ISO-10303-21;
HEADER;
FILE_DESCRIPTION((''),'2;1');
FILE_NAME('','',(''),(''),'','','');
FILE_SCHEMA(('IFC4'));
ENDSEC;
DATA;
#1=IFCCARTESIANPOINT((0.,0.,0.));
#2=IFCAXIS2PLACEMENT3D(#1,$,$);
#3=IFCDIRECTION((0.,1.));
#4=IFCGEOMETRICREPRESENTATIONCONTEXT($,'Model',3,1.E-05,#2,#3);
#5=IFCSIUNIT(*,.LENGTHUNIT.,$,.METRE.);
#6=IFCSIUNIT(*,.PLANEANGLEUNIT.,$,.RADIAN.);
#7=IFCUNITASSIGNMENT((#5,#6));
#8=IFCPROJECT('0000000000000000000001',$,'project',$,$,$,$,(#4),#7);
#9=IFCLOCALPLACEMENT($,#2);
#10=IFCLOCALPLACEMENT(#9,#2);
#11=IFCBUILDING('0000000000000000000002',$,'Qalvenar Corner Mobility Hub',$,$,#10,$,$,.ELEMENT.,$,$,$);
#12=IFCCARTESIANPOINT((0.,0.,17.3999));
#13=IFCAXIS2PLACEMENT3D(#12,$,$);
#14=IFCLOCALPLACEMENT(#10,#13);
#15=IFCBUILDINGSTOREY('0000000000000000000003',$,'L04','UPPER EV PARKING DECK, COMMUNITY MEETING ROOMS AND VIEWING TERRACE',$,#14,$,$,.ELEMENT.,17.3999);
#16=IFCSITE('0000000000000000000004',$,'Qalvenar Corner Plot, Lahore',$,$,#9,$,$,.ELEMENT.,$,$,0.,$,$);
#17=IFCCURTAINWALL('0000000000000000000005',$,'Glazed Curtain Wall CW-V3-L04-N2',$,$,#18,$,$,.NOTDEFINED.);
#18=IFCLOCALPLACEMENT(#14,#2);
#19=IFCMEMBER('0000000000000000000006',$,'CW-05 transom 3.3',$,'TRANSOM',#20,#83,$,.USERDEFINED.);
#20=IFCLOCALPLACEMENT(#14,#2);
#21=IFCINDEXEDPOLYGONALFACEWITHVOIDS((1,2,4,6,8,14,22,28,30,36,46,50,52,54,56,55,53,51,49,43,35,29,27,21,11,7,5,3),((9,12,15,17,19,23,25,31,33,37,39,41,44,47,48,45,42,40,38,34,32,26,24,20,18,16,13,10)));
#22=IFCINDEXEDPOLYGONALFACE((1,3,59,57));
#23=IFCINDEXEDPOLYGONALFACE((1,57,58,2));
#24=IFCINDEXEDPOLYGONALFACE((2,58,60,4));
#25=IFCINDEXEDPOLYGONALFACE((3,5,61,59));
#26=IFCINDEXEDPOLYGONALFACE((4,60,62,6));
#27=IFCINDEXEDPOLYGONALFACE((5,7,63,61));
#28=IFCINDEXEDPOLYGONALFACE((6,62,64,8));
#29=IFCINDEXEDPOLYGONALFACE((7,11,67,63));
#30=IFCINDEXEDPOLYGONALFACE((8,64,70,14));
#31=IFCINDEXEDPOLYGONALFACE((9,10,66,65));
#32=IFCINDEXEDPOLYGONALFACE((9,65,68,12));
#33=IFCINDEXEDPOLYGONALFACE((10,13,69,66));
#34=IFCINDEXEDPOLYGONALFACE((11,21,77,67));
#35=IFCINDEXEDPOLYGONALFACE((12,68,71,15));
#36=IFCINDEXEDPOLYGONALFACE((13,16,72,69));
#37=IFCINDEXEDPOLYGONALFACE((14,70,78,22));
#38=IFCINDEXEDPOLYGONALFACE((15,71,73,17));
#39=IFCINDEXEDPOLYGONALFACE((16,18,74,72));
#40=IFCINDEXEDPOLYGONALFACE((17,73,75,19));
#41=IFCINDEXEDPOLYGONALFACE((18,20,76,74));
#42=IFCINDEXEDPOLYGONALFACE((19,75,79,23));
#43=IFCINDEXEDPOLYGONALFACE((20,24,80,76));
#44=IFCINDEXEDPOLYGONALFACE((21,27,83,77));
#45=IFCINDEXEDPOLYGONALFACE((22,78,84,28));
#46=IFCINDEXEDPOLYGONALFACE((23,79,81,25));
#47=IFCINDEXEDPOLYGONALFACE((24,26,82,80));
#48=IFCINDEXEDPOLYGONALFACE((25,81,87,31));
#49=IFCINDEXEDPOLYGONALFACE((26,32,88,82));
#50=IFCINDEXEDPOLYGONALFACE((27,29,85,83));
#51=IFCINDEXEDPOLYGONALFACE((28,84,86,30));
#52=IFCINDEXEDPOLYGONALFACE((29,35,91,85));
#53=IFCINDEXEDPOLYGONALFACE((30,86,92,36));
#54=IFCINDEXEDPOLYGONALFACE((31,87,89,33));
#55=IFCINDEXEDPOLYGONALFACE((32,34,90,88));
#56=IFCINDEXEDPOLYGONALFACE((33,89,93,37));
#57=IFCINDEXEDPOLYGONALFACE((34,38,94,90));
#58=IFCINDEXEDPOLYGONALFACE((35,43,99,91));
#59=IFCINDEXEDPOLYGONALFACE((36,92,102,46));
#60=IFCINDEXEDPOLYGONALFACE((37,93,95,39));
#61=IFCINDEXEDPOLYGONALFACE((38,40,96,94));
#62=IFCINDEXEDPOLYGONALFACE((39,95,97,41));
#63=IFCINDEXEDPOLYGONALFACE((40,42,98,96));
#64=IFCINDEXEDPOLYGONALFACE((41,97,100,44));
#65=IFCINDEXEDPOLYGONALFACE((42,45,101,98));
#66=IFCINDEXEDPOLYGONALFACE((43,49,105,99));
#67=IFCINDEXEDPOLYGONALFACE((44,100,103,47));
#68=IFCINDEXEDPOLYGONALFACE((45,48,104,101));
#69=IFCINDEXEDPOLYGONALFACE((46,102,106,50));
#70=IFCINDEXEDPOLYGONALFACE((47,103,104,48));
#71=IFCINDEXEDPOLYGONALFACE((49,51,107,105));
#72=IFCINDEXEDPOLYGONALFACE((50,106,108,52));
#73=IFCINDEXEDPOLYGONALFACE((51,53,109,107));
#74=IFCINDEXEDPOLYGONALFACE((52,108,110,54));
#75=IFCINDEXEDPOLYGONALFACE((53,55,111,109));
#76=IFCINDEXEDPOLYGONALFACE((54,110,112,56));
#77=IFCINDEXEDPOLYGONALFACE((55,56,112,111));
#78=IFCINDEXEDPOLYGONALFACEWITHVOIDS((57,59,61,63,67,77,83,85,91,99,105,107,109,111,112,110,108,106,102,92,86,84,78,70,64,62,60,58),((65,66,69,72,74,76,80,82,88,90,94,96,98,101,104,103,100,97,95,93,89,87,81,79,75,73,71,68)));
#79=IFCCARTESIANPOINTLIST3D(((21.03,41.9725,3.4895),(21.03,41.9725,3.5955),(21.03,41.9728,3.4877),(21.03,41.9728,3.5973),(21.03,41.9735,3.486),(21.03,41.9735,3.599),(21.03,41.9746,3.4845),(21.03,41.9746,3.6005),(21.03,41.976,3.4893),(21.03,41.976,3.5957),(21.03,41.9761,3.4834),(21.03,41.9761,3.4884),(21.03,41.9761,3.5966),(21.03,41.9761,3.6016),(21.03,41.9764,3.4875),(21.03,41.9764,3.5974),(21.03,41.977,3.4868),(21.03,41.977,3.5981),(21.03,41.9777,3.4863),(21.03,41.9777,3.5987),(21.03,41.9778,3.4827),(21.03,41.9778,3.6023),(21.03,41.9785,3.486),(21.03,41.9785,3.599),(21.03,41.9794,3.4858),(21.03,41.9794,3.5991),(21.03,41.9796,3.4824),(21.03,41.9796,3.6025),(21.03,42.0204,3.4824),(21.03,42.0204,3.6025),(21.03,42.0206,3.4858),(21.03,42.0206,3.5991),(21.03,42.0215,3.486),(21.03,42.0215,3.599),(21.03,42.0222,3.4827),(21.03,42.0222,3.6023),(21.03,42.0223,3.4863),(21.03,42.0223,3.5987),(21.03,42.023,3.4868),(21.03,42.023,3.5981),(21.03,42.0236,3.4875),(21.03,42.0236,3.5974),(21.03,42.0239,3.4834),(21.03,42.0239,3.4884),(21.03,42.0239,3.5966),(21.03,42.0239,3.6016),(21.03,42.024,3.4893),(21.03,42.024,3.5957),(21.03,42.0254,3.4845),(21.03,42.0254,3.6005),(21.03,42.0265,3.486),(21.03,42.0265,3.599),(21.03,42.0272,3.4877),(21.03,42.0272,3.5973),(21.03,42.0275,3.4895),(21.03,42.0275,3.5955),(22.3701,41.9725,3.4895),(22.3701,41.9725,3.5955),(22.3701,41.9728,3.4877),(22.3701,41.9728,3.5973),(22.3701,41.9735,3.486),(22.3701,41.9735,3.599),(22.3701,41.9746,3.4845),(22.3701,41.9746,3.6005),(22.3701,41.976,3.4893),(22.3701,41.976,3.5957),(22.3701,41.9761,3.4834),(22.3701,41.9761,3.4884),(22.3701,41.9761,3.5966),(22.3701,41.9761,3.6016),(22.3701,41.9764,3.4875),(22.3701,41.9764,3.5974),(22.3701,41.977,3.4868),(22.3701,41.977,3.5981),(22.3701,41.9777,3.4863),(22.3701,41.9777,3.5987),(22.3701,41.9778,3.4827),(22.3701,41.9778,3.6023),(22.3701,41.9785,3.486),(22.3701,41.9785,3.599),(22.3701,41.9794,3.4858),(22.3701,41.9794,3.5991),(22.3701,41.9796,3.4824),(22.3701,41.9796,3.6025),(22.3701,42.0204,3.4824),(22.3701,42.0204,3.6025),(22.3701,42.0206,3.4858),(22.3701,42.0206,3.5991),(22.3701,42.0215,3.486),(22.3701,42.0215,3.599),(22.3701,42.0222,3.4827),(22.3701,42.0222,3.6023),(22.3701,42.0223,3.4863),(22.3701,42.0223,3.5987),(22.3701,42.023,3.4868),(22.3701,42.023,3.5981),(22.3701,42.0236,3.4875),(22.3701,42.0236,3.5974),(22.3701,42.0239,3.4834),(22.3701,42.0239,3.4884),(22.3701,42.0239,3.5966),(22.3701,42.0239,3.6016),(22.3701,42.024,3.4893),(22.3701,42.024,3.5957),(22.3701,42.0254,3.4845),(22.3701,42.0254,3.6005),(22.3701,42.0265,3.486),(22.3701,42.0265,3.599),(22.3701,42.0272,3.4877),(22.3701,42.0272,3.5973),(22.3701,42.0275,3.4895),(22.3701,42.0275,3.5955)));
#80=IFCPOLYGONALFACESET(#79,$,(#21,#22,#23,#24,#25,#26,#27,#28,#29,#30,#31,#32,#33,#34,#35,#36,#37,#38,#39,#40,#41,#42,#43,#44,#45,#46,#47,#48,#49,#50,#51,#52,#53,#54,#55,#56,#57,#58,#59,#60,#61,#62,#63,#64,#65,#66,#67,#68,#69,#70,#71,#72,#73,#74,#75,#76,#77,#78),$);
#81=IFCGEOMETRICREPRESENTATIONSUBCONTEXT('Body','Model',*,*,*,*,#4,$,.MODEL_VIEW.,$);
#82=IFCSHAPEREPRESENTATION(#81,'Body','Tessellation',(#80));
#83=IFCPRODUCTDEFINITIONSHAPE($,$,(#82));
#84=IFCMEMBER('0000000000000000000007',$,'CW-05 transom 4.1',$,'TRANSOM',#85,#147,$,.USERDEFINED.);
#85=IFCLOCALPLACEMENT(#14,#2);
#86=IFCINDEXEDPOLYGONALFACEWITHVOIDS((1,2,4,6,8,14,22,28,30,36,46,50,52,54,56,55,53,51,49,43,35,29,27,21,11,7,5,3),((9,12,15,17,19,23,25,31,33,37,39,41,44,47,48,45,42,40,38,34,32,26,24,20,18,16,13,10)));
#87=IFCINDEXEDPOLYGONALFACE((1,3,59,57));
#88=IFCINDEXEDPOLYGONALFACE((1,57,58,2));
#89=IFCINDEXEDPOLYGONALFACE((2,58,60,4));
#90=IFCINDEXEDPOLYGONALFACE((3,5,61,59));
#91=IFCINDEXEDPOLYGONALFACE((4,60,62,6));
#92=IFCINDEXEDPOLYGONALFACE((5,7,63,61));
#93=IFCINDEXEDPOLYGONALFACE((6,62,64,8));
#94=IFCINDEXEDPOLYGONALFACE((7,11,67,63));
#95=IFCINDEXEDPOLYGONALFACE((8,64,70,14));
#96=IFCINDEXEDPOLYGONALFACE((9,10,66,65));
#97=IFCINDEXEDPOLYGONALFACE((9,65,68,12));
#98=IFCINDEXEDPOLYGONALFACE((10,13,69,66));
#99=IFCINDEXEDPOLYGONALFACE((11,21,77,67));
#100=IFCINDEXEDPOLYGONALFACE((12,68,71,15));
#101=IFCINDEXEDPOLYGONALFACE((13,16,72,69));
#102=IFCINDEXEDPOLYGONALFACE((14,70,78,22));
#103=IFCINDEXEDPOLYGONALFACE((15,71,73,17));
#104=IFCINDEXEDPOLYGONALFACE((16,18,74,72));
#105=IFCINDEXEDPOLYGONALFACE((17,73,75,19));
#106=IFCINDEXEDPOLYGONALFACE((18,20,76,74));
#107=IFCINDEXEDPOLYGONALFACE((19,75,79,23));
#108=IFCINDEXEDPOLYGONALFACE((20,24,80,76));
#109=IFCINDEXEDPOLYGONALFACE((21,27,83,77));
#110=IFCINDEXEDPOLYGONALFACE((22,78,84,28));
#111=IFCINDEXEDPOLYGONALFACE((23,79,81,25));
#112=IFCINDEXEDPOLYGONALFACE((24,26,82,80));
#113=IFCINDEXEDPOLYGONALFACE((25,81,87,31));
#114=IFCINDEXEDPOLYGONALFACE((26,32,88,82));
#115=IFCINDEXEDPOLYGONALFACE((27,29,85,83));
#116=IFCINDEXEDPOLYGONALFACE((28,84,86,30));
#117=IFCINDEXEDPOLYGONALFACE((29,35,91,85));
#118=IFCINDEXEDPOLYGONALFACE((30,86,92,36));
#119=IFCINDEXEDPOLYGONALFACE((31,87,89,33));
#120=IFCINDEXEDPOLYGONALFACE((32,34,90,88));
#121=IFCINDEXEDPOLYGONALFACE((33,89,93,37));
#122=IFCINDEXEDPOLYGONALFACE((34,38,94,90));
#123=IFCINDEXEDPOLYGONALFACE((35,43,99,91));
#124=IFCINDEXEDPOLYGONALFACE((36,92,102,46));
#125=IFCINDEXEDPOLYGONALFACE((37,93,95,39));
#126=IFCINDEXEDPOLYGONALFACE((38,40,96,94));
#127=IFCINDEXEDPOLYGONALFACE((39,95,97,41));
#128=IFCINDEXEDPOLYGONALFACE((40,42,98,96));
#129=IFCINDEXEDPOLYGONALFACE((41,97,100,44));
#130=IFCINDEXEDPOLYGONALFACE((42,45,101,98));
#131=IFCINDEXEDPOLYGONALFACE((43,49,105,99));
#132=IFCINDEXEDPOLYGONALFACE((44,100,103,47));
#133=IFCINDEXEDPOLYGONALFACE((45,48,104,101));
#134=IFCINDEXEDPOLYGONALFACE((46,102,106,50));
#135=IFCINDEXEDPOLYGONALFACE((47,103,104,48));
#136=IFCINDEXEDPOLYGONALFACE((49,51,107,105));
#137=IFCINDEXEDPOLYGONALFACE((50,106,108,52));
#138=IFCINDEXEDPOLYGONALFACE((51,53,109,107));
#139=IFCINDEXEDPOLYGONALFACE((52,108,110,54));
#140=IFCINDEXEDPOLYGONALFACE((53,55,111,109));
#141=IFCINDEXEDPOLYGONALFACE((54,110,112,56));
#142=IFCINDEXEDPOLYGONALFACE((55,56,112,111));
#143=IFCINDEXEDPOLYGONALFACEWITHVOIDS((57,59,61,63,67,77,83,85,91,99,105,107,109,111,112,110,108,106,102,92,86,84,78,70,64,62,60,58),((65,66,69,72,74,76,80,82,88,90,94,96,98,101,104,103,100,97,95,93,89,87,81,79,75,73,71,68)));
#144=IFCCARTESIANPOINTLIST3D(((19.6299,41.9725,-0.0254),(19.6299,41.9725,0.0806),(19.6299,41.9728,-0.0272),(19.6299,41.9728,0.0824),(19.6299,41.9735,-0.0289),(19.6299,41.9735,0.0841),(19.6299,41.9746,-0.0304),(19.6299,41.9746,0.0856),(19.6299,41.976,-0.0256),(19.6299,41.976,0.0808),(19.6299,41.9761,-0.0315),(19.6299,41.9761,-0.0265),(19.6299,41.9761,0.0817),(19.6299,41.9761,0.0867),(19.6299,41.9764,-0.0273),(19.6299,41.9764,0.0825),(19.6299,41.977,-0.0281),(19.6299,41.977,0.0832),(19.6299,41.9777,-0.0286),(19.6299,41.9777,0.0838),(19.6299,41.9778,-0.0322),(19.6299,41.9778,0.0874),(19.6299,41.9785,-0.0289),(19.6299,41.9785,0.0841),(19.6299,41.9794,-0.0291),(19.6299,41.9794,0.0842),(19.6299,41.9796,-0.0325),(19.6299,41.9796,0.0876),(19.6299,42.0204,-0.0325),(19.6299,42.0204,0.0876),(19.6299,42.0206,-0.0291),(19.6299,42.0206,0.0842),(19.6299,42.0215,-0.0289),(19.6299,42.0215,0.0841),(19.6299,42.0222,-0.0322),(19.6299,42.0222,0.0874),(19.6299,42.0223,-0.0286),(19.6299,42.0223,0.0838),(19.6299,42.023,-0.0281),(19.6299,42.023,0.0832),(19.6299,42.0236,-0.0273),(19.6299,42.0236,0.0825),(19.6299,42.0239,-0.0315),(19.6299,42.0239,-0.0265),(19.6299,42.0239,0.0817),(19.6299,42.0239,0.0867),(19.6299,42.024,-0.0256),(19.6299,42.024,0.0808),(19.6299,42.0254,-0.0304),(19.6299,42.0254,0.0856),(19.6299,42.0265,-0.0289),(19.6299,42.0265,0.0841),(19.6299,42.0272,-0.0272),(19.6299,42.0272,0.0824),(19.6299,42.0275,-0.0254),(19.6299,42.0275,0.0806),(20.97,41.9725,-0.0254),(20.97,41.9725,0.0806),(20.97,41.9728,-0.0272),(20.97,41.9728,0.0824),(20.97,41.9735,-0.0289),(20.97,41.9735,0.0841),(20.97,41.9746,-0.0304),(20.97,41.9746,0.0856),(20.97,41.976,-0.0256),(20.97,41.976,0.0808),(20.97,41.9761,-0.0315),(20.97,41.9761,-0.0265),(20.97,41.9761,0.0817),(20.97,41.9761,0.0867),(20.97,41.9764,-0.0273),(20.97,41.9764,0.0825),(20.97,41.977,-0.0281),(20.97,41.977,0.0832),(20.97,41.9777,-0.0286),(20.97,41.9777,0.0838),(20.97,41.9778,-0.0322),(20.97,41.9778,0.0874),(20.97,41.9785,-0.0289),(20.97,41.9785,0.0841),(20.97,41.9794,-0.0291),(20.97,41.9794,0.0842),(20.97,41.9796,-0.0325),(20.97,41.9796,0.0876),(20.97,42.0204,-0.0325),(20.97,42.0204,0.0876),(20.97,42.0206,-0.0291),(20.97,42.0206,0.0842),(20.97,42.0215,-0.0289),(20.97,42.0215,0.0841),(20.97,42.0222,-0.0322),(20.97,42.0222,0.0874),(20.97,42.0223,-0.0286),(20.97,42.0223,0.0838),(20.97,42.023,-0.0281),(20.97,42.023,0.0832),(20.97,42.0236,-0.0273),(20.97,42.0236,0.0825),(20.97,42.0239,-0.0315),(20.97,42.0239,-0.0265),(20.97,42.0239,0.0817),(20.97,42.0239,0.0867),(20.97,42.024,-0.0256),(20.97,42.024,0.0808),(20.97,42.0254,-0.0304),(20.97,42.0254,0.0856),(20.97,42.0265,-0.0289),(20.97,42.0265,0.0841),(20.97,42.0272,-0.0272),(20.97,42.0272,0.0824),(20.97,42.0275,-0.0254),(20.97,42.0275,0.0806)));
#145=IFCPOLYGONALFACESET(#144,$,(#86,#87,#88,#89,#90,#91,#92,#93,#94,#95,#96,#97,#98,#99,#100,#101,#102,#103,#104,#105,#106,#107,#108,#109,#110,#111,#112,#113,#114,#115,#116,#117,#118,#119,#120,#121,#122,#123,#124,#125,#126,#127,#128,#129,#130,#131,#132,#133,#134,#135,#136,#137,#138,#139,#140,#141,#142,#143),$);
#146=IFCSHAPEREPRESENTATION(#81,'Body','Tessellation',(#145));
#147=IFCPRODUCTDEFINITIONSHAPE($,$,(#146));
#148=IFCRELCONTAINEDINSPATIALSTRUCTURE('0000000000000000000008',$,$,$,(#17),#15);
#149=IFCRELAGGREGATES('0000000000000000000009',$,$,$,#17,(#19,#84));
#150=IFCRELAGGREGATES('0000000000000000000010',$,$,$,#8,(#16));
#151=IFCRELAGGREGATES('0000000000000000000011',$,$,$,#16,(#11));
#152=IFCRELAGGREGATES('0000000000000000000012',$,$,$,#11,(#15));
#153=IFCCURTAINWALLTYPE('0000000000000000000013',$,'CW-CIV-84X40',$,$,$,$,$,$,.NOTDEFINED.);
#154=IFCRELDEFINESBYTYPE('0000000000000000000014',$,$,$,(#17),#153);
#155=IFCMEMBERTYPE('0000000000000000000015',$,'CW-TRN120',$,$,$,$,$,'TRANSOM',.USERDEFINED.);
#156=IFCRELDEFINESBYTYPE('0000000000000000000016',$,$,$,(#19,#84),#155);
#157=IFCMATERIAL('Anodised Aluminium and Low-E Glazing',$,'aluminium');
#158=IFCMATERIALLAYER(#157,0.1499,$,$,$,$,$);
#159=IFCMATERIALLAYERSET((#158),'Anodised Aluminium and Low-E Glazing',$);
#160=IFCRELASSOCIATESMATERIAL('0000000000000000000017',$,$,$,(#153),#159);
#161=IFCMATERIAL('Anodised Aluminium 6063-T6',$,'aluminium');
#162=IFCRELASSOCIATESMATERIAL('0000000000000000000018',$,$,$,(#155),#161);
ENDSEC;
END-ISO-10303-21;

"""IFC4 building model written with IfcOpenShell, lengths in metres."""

from ifc_helpers import new_model, si_unit, direction, frame, origin, origin_2d, place, context, subcontext, project, spatial, hollow_rectangle, extrude, material, layer, layer_set, material_profile, profile_set, type_object, element, aggregate, save


model = new_model("IFC4")

# Units and contexts
model_context = context("Model", 3, precision=1e-05, world=origin(), true_north=direction((0.0, 1.0)))
body_context = subcontext(model_context, "Body", "Model", "MODEL_VIEW")
ifc_project = project(units=[si_unit("LENGTHUNIT", "METRE"), si_unit("PLANEANGLEUNIT", "RADIAN")], contexts=[model_context])

# Site, building, storey
site_placement = place(None, origin())
site = spatial("IfcSite", under=ifc_project, at=site_placement, Name="Qalvenar Corner Plot, Lahore", CompositionType="ELEMENT", RefElevation=0.0)
building_placement = place(site_placement, origin())
building = spatial("IfcBuilding", under=site, at=building_placement, Name="Qalvenar Corner Mobility Hub", CompositionType="ELEMENT")
storey_placement = place(building_placement, frame((0.0, 0.0, 17.3999)))
storey = spatial("IfcBuildingStorey", under=building, at=storey_placement, Name="L04", Description="UPPER EV PARKING DECK, COMMUNITY MEETING ROOMS AND VIEWING TERRACE", CompositionType="ELEMENT", Elevation=17.3999)

# Curtain wall, members
ifc_material_1 = material(Name="Anodised Aluminium and Low-E Glazing", Category="aluminium")
ifc_layer_1 = layer(ifc_material_1, 0.1499)
ifc_layer_set_1 = layer_set([ifc_layer_1], Name="Anodised Aluminium and Low-E Glazing")
curtain_wall_type = type_object("IfcCurtainWallType", Name="CW-CIV-84X40", PredefinedType="NOTDEFINED", material=ifc_layer_set_1)
curtain_wall_placement = place(storey_placement, origin())
curtain_wall = element("IfcCurtainWall", 1, at=curtain_wall_placement, inside=storey, type_object=curtain_wall_type, Name="Glazed Curtain Wall CW-V3-L04-N2", PredefinedType="NOTDEFINED")
ifc_material_2 = material(Name="Anodised Aluminium 6063-T6", Category="aluminium")
ifc_material_profile_1 = material_profile(ifc_material_2, hollow_rectangle(XDim=0.0549, YDim=0.1201, WallThickness=0.0034, InnerFilletRadius=0.0034, OuterFilletRadius=0.0071, at=origin_2d()), Name="RHS120x55x3.5")
ifc_profile_set_1 = profile_set([ifc_material_profile_1], Name="Anodised Aluminium 6063-T6")
member_type_1 = type_object("IfcMemberType", Name="CW-TRN120", ElementType="TRANSOM", PredefinedType="USERDEFINED", material=ifc_profile_set_1)
member_1_placement = place(storey_placement, frame((22.3701, 42.0, 3.5425), z_axis=(-1.0, 0.0, 0.0), x_axis=(0.0, -1.0, 0.0)))
member_1 = element("IfcMember", 2, at=member_1_placement, type_object=member_type_1, Name="CW-05 transom 3.3", ObjectType="TRANSOM", PredefinedType="USERDEFINED", context=body_context, shape_type="SweptSolid", body=[
    extrude(hollow_rectangle(XDim=0.0549, YDim=0.1201, WallThickness=0.0034, InnerFilletRadius=0.0034, OuterFilletRadius=0.0071, at=origin_2d()), origin(), (0.0, 0.0, 1.0), 1.3401),
])
member_2_placement = place(storey_placement, frame((20.97, 42.0, 0.0276), z_axis=(-1.0, 0.0, 0.0), x_axis=(0.0, -1.0, 0.0)))
member_2 = element("IfcMember", 3, at=member_2_placement, type_object=member_type_1, Name="CW-05 transom 4.1", ObjectType="TRANSOM", PredefinedType="USERDEFINED", context=body_context, shape_type="SweptSolid", body=[
    extrude(hollow_rectangle(XDim=0.0549, YDim=0.1201, WallThickness=0.0034, InnerFilletRadius=0.0034, OuterFilletRadius=0.0071, at=origin_2d()), origin(), (0.0, 0.0, 1.0), 1.3401),
])
aggregate(curtain_wall, [member_1, member_2])

save(model, "model.ifc")
